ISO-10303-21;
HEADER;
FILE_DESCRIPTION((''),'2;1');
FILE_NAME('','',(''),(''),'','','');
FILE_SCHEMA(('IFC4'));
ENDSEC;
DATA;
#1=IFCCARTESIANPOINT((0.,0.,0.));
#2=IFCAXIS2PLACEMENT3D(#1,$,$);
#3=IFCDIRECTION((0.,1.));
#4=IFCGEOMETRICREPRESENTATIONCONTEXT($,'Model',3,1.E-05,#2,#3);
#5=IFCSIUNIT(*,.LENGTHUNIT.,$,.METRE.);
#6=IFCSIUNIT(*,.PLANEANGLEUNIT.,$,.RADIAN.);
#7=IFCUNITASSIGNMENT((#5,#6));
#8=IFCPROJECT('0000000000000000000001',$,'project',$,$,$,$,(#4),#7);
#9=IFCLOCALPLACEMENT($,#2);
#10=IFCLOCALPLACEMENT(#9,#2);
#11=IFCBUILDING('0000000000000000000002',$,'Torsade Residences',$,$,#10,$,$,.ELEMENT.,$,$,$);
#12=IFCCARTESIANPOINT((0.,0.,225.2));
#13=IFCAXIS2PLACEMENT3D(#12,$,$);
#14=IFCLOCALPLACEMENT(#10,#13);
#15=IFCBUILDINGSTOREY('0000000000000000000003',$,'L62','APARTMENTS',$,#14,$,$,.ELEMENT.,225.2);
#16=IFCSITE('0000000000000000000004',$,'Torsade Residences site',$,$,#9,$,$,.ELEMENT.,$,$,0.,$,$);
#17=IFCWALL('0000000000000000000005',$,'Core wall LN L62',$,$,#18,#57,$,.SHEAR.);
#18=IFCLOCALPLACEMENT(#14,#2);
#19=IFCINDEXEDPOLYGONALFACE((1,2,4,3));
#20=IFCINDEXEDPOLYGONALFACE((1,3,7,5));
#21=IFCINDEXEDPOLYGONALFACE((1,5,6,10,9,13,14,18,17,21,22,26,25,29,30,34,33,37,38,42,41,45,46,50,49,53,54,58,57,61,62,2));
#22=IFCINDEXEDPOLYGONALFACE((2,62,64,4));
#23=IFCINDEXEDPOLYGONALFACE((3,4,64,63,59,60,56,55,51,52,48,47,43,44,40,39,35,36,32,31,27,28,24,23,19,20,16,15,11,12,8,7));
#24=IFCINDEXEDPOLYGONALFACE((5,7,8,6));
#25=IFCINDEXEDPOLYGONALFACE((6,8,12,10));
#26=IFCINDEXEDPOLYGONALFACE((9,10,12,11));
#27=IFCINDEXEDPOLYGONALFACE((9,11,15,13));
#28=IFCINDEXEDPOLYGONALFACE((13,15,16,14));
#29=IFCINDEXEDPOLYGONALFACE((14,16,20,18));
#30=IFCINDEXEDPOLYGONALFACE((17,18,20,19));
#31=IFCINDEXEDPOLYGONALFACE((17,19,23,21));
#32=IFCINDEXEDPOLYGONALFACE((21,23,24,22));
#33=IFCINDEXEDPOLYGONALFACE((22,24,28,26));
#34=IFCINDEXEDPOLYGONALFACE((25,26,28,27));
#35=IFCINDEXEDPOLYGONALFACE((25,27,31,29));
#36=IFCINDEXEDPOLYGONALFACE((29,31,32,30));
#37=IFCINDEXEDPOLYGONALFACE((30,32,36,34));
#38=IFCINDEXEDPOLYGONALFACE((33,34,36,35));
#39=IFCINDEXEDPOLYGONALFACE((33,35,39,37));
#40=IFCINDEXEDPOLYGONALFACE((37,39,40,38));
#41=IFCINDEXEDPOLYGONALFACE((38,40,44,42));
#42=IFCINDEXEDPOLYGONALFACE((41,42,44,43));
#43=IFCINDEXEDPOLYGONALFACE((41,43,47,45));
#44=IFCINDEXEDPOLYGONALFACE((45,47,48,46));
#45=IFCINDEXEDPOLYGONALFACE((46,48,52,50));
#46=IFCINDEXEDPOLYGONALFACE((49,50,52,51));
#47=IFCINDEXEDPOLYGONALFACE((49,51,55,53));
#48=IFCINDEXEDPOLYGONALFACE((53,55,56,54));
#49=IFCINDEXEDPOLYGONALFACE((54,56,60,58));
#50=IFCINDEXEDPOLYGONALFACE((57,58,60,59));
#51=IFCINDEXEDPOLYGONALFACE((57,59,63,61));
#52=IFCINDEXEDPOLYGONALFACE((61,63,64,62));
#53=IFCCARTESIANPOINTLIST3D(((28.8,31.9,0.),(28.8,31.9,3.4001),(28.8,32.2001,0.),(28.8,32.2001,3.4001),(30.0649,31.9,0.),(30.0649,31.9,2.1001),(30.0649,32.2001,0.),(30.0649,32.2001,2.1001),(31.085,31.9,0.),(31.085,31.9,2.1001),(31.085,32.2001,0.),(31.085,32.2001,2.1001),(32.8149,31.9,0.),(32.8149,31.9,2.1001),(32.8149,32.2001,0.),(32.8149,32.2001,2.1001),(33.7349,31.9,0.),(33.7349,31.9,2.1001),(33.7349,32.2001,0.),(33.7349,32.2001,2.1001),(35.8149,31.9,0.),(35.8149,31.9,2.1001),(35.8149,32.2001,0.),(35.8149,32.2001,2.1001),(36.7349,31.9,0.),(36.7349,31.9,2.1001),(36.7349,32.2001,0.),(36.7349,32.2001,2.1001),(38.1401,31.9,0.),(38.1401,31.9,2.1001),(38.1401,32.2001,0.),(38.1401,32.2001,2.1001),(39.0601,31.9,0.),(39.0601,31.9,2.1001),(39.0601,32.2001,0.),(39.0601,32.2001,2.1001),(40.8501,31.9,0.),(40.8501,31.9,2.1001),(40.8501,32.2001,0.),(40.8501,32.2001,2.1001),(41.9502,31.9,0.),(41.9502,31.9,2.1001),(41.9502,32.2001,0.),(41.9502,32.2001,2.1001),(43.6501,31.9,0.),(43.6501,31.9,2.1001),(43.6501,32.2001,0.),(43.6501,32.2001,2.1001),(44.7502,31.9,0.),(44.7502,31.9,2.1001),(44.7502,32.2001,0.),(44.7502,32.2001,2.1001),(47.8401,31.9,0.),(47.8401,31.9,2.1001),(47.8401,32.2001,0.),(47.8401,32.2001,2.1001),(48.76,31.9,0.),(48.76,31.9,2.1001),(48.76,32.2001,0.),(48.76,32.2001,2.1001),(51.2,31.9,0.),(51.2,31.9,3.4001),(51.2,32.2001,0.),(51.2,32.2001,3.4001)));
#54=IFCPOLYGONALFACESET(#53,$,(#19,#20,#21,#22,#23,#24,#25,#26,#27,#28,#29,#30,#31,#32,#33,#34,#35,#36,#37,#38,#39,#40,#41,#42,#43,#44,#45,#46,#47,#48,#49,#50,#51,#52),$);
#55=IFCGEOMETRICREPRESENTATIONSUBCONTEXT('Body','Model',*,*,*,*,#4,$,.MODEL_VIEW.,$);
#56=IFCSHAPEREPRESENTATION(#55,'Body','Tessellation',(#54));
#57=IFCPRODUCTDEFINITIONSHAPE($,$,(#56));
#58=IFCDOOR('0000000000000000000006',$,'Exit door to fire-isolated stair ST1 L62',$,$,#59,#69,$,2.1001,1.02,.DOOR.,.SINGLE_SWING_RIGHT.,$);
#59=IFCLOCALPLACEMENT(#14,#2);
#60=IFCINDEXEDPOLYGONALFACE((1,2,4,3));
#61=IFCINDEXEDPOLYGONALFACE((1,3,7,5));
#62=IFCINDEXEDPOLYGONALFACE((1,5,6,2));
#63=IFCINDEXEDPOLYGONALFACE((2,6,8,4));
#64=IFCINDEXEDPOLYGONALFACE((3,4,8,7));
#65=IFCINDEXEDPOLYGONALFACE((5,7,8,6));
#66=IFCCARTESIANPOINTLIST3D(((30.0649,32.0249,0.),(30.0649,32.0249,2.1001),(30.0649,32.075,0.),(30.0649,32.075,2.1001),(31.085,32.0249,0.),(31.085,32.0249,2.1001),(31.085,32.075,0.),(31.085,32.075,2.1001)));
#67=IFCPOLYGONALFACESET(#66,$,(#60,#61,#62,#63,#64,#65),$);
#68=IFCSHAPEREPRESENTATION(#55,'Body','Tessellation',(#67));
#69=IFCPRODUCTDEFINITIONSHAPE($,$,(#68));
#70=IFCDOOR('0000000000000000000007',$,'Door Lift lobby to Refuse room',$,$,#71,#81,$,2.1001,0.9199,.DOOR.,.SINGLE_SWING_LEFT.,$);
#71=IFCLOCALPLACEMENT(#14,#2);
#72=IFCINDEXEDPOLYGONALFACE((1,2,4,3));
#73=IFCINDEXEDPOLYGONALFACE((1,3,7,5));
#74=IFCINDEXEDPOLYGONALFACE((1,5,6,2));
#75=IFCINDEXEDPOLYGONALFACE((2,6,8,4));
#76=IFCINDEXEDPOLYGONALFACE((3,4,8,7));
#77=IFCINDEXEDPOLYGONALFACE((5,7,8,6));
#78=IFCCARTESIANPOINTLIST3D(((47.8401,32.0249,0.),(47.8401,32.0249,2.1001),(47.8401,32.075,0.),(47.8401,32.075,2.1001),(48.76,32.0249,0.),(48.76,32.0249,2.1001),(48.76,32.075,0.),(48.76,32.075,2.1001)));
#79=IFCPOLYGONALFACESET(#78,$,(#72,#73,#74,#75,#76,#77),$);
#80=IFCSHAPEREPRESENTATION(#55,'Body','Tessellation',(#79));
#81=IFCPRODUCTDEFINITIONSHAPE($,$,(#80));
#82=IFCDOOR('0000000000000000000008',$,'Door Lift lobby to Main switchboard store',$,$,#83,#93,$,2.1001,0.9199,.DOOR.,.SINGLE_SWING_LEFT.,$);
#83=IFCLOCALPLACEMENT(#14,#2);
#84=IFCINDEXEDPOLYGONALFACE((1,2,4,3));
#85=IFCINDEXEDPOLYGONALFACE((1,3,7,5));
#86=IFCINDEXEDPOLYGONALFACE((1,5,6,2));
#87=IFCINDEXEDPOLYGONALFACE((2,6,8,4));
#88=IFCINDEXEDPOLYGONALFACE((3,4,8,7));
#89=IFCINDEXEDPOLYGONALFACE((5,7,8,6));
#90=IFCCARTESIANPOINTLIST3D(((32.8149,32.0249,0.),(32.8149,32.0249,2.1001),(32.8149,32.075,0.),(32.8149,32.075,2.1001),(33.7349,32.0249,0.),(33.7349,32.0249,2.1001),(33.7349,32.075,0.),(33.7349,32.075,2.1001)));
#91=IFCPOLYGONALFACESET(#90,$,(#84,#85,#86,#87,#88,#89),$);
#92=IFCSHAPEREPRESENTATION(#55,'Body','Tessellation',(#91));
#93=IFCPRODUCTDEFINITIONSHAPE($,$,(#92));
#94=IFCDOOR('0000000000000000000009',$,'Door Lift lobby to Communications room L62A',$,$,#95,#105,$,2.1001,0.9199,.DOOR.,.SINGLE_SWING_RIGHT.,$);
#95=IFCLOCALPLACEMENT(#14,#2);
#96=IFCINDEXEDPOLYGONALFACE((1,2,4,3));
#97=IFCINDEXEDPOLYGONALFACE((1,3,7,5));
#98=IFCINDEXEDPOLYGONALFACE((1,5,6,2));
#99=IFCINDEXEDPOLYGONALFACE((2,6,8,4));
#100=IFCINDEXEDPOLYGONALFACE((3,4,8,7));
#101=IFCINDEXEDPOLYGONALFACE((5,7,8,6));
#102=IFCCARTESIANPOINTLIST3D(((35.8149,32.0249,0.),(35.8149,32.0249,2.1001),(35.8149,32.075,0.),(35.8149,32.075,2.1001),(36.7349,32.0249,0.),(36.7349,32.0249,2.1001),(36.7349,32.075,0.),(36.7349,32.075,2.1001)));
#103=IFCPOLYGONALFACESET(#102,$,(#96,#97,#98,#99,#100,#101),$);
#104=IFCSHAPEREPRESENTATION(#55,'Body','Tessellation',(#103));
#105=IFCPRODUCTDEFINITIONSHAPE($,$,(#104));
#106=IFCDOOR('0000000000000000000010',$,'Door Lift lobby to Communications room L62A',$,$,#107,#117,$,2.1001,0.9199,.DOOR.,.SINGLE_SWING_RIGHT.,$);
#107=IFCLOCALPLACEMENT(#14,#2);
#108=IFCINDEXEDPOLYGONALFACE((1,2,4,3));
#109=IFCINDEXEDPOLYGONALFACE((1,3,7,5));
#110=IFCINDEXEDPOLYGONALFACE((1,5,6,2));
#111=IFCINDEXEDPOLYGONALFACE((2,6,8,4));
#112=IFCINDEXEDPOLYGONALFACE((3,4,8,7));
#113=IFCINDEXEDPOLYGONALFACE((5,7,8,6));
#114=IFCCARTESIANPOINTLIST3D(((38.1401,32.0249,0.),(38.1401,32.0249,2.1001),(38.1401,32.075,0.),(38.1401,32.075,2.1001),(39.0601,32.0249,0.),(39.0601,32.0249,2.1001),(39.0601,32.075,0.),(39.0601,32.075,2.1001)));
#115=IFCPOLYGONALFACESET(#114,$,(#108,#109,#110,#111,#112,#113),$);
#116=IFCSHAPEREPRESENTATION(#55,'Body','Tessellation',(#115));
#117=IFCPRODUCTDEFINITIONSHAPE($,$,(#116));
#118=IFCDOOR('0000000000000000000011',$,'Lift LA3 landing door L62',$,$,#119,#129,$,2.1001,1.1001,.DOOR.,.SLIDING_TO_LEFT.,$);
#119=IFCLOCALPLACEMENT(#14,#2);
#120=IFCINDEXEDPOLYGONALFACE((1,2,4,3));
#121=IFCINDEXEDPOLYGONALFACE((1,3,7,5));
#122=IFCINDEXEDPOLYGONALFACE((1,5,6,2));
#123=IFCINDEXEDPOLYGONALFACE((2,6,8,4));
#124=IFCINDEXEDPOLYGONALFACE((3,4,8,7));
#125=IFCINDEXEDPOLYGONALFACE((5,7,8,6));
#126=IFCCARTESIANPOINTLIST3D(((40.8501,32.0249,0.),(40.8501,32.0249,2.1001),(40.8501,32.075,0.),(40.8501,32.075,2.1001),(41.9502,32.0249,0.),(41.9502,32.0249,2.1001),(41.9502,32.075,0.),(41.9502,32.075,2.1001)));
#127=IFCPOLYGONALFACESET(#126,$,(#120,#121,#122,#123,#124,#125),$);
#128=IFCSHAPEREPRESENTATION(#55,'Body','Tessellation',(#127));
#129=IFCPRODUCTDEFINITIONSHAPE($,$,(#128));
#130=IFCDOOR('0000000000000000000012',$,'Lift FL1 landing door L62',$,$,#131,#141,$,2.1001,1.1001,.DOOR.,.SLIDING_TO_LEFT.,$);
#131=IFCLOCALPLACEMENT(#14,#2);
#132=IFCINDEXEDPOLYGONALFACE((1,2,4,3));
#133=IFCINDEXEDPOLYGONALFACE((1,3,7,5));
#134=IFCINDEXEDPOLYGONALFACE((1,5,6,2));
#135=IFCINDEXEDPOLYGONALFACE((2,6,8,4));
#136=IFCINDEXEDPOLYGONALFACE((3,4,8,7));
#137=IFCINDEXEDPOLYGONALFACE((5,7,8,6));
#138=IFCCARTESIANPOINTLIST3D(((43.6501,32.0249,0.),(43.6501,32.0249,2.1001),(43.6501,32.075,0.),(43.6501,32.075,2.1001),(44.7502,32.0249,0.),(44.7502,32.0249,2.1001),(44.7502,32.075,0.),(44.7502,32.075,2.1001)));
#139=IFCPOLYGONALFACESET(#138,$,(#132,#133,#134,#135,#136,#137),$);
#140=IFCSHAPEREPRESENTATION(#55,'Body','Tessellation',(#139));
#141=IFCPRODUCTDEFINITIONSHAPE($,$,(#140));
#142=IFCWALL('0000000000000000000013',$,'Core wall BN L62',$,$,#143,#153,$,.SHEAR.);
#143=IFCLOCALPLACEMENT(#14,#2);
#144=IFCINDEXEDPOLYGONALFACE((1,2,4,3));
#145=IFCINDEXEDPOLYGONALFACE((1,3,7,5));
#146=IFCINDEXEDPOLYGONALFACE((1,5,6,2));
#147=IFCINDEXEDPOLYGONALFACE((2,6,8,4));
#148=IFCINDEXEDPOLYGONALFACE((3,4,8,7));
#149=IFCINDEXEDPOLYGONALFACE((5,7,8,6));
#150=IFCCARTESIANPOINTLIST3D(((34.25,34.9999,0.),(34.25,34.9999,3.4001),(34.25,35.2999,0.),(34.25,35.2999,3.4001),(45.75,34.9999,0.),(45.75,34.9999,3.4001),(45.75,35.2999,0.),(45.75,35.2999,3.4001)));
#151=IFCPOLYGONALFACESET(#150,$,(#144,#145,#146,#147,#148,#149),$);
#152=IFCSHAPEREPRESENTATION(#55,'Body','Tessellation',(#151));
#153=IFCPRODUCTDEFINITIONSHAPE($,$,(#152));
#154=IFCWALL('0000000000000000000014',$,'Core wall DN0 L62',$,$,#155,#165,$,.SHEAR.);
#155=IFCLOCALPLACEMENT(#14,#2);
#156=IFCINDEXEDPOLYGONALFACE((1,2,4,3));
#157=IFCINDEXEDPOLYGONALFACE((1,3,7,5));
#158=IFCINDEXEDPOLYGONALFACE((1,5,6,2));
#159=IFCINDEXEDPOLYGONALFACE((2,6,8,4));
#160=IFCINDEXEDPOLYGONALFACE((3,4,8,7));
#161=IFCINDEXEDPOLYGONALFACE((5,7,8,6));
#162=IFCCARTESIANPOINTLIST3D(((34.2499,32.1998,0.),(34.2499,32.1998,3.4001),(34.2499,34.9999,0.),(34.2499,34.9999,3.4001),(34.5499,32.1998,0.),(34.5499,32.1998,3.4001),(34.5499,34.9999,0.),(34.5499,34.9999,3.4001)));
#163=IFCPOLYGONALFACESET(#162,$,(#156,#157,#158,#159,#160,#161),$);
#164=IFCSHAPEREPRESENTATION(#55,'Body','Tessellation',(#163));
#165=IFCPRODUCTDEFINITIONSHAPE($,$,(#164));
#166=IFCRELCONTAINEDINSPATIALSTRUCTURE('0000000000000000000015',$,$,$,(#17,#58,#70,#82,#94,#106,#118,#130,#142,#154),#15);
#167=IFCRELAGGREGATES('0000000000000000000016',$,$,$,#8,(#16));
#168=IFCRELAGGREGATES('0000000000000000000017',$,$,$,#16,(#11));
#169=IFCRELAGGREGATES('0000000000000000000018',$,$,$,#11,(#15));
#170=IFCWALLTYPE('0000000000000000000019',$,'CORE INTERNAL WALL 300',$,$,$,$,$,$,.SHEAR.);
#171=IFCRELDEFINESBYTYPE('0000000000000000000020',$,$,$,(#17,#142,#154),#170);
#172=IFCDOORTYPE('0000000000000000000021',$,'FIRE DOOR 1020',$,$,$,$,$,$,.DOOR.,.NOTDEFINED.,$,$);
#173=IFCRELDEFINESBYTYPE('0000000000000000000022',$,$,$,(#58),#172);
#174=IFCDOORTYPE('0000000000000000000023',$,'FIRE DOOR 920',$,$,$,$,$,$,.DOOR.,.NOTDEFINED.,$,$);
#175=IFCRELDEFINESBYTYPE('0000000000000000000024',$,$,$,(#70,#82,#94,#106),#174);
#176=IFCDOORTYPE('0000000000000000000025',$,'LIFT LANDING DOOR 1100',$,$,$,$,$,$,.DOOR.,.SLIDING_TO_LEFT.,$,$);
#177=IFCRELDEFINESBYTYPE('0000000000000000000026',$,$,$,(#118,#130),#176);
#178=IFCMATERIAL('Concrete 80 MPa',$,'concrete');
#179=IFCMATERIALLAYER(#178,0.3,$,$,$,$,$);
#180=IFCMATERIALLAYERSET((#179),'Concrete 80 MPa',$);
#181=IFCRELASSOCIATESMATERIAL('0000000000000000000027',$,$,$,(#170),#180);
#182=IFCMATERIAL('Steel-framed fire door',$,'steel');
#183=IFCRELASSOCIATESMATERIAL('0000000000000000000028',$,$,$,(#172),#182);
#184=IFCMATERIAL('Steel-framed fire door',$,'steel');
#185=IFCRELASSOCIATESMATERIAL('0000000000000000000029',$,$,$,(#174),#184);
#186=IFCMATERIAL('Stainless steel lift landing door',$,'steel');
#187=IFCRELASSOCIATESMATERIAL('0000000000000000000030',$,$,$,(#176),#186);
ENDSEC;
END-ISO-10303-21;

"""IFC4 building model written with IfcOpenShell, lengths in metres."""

from ifc_helpers import new_model, si_unit, direction, frame, frame_2d, origin, place, context, subcontext, project, spatial, rectangle, extrude, material, layer, layer_set, type_object, element, fill, save


model = new_model("IFC4")

# Units and contexts
model_context = context("Model", 3, precision=1e-05, world=origin(), true_north=direction((0.0, 1.0)))
body_context = subcontext(model_context, "Body", "Model", "MODEL_VIEW")
ifc_project = project(units=[si_unit("LENGTHUNIT", "METRE"), si_unit("PLANEANGLEUNIT", "RADIAN")], contexts=[model_context])

# Site, building, storey
site_placement = place(None, origin())
site = spatial("IfcSite", under=ifc_project, at=site_placement, Name="Torsade Residences site", CompositionType="ELEMENT", RefElevation=0.0)
building_placement = place(site_placement, origin())
building = spatial("IfcBuilding", under=site, at=building_placement, Name="Torsade Residences", CompositionType="ELEMENT")
storey_placement = place(building_placement, frame((0.0, 0.0, 225.2)))
storey = spatial("IfcBuildingStorey", under=building, at=storey_placement, Name="L62", Description="APARTMENTS", CompositionType="ELEMENT", Elevation=225.2)

# Wall, openings, doors
ifc_material_1 = material(Name="Concrete 80 MPa", Category="concrete")
ifc_layer_1 = layer(ifc_material_1, 0.3)
ifc_layer_set_1 = layer_set([ifc_layer_1], Name="Concrete 80 MPa")
wall_type_1 = type_object("IfcWallType", Name="CORE INTERNAL WALL 300", PredefinedType="SHEAR", material=ifc_layer_set_1)
wall_1_placement = place(storey_placement, frame((28.8, 32.05, 0.0), z_axis=(0.0, 0.0, 1.0), x_axis=(1.0, 0.0, 0.0)))
wall_1 = element("IfcWall", 1, at=wall_1_placement, inside=storey, type_object=wall_type_1, Name="Core wall LN L62", PredefinedType="SHEAR", context=body_context, shape_type="SweptSolid", body=[
    extrude(rectangle(XDim=22.3999, YDim=0.3, at=frame_2d((11.2, 0.0))), origin(), (0.0, 0.0, 1.0), 3.4001),
])
opening_1_placement = place(wall_1_placement, frame((19.04, 0.0, 0.0)))
opening_1 = element("IfcOpeningElement", 2, at=opening_1_placement, cuts=wall_1, PredefinedType="OPENING", context=body_context, shape_type="SweptSolid", body=[
    extrude(rectangle(XDim=0.9199, YDim=2.1001, at=frame_2d((0.46, 1.05))), frame((0.0, 0.1599, 0.0), z_axis=(0.0, -1.0, 0.0), x_axis=(1.0, 0.0, 0.0)), (0.0, 0.0, 1.0), 0.3201),
])
opening_2_placement = place(wall_1_placement, frame((1.2649, 0.0, 0.0)))
opening_2 = element("IfcOpeningElement", 3, at=opening_2_placement, cuts=wall_1, PredefinedType="OPENING", context=body_context, shape_type="SweptSolid", body=[
    extrude(rectangle(XDim=1.02, YDim=2.1001, at=frame_2d((0.51, 1.05))), frame((0.0, 0.1599, 0.0), z_axis=(0.0, -1.0, 0.0), x_axis=(1.0, 0.0, 0.0)), (0.0, 0.0, 1.0), 0.3201),
])
opening_3_placement = place(wall_1_placement, frame((4.0149, 0.0, 0.0)))
opening_3 = element("IfcOpeningElement", 4, at=opening_3_placement, cuts=wall_1, PredefinedType="OPENING", context=body_context, shape_type="SweptSolid", body=[
    extrude(rectangle(XDim=0.9199, YDim=2.1001, at=frame_2d((0.46, 1.05))), frame((0.0, 0.1599, 0.0), z_axis=(0.0, -1.0, 0.0), x_axis=(1.0, 0.0, 0.0)), (0.0, 0.0, 1.0), 0.3201),
])
opening_4_placement = place(wall_1_placement, frame((7.0149, 0.0, 0.0)))
opening_4 = element("IfcOpeningElement", 5, at=opening_4_placement, cuts=wall_1, PredefinedType="OPENING", context=body_context, shape_type="SweptSolid", body=[
    extrude(rectangle(XDim=0.9199, YDim=2.1001, at=frame_2d((0.46, 1.05))), frame((0.0, 0.1599, 0.0), z_axis=(0.0, -1.0, 0.0), x_axis=(1.0, 0.0, 0.0)), (0.0, 0.0, 1.0), 0.3201),
])
opening_5_placement = place(wall_1_placement, frame((9.3401, 0.0, 0.0)))
opening_5 = element("IfcOpeningElement", 6, at=opening_5_placement, cuts=wall_1, PredefinedType="OPENING", context=body_context, shape_type="SweptSolid", body=[
    extrude(rectangle(XDim=0.9199, YDim=2.1001, at=frame_2d((0.46, 1.05))), frame((0.0, 0.1599, 0.0), z_axis=(0.0, -1.0, 0.0), x_axis=(1.0, 0.0, 0.0)), (0.0, 0.0, 1.0), 0.3201),
])
opening_6_placement = place(wall_1_placement, frame((12.05, 0.0, 0.0)))
opening_6 = element("IfcOpeningElement", 7, at=opening_6_placement, cuts=wall_1, PredefinedType="OPENING", context=body_context, shape_type="SweptSolid", body=[
    extrude(rectangle(XDim=1.1001, YDim=2.1001, at=frame_2d((0.55, 1.05))), frame((0.0, 0.1599, 0.0), z_axis=(0.0, -1.0, 0.0), x_axis=(1.0, 0.0, 0.0)), (0.0, 0.0, 1.0), 0.3201),
])
opening_7_placement = place(wall_1_placement, frame((14.8501, 0.0, 0.0)))
opening_7 = element("IfcOpeningElement", 8, at=opening_7_placement, cuts=wall_1, PredefinedType="OPENING", context=body_context, shape_type="SweptSolid", body=[
    extrude(rectangle(XDim=1.1001, YDim=2.1001, at=frame_2d((0.55, 1.05))), frame((0.0, 0.1599, 0.0), z_axis=(0.0, -1.0, 0.0), x_axis=(1.0, 0.0, 0.0)), (0.0, 0.0, 1.0), 0.3201),
])
ifc_material_2 = material(Name="Steel-framed fire door", Category="steel")
door_type_1 = type_object("IfcDoorType", Name="FIRE DOOR 1020", OperationType="NOTDEFINED", PredefinedType="DOOR", material=ifc_material_2)
door_1_placement = place(opening_2_placement, origin())
door_1 = element("IfcDoor", 9, at=door_1_placement, inside=storey, type_object=door_type_1, Name="Exit door to fire-isolated stair ST1 L62", OperationType="SINGLE_SWING_RIGHT", OverallHeight=2.1001, OverallWidth=1.02, PredefinedType="DOOR", context=body_context, shape_type="SweptSolid", body=[
    extrude(rectangle(XDim=1.02, YDim=2.1001, at=frame_2d((0.51, 1.05))), frame((0.0, 0.0249, 0.0), z_axis=(0.0, -1.0, 0.0), x_axis=(1.0, 0.0, 0.0)), (0.0, 0.0, 1.0), 0.05),
])
fill(opening_2, door_1)
ifc_material_3 = material(Name="Steel-framed fire door", Category="steel")
door_type_2 = type_object("IfcDoorType", Name="FIRE DOOR 920", OperationType="NOTDEFINED", PredefinedType="DOOR", material=ifc_material_3)
door_2_placement = place(opening_1_placement, origin())
door_2 = element("IfcDoor", 10, at=door_2_placement, inside=storey, type_object=door_type_2, Name="Door Lift lobby to Refuse room", OperationType="SINGLE_SWING_LEFT", OverallHeight=2.1001, OverallWidth=0.9199, PredefinedType="DOOR", context=body_context, shape_type="SweptSolid", body=[
    extrude(rectangle(XDim=0.9199, YDim=2.1001, at=frame_2d((0.46, 1.05))), frame((0.0, 0.0249, 0.0), z_axis=(0.0, -1.0, 0.0), x_axis=(1.0, 0.0, 0.0)), (0.0, 0.0, 1.0), 0.05),
])
fill(opening_1, door_2)
door_3_placement = place(opening_3_placement, origin())
door_3 = element("IfcDoor", 11, at=door_3_placement, inside=storey, type_object=door_type_2, Name="Door Lift lobby to Main switchboard store", OperationType="SINGLE_SWING_LEFT", OverallHeight=2.1001, OverallWidth=0.9199, PredefinedType="DOOR", context=body_context, shape_type="SweptSolid", body=[
    extrude(rectangle(XDim=0.9199, YDim=2.1001, at=frame_2d((0.46, 1.05))), frame((0.0, 0.0249, 0.0), z_axis=(0.0, -1.0, 0.0), x_axis=(1.0, 0.0, 0.0)), (0.0, 0.0, 1.0), 0.05),
])
fill(opening_3, door_3)
door_4_placement = place(opening_4_placement, origin())
door_4 = element("IfcDoor", 12, at=door_4_placement, inside=storey, type_object=door_type_2, Name="Door Lift lobby to Communications room L62A", OperationType="SINGLE_SWING_RIGHT", OverallHeight=2.1001, OverallWidth=0.9199, PredefinedType="DOOR", context=body_context, shape_type="SweptSolid", body=[
    extrude(rectangle(XDim=0.9199, YDim=2.1001, at=frame_2d((0.46, 1.05))), frame((0.0, 0.0249, 0.0), z_axis=(0.0, -1.0, 0.0), x_axis=(1.0, 0.0, 0.0)), (0.0, 0.0, 1.0), 0.05),
])
fill(opening_4, door_4)
door_5_placement = place(opening_5_placement, origin())
door_5 = element("IfcDoor", 13, at=door_5_placement, inside=storey, type_object=door_type_2, Name="Door Lift lobby to Communications room L62A", OperationType="SINGLE_SWING_RIGHT", OverallHeight=2.1001, OverallWidth=0.9199, PredefinedType="DOOR", context=body_context, shape_type="SweptSolid", body=[
    extrude(rectangle(XDim=0.9199, YDim=2.1001, at=frame_2d((0.46, 1.05))), frame((0.0, 0.0249, 0.0), z_axis=(0.0, -1.0, 0.0), x_axis=(1.0, 0.0, 0.0)), (0.0, 0.0, 1.0), 0.05),
])
fill(opening_5, door_5)
ifc_material_4 = material(Name="Stainless steel lift landing door", Category="steel")
door_type_3 = type_object("IfcDoorType", Name="LIFT LANDING DOOR 1100", OperationType="SLIDING_TO_LEFT", PredefinedType="DOOR", material=ifc_material_4)
door_6_placement = place(opening_6_placement, origin())
door_6 = element("IfcDoor", 14, at=door_6_placement, inside=storey, type_object=door_type_3, Name="Lift LA3 landing door L62", OperationType="SLIDING_TO_LEFT", OverallHeight=2.1001, OverallWidth=1.1001, PredefinedType="DOOR", context=body_context, shape_type="SweptSolid", body=[
    extrude(rectangle(XDim=1.1001, YDim=2.1001, at=frame_2d((0.55, 1.05))), frame((0.0, 0.0249, 0.0), z_axis=(0.0, -1.0, 0.0), x_axis=(1.0, 0.0, 0.0)), (0.0, 0.0, 1.0), 0.05),
])
fill(opening_6, door_6)
door_7_placement = place(opening_7_placement, origin())
door_7 = element("IfcDoor", 15, at=door_7_placement, inside=storey, type_object=door_type_3, Name="Lift FL1 landing door L62", OperationType="SLIDING_TO_LEFT", OverallHeight=2.1001, OverallWidth=1.1001, PredefinedType="DOOR", context=body_context, shape_type="SweptSolid", body=[
    extrude(rectangle(XDim=1.1001, YDim=2.1001, at=frame_2d((0.55, 1.05))), frame((0.0, 0.0249, 0.0), z_axis=(0.0, -1.0, 0.0), x_axis=(1.0, 0.0, 0.0)), (0.0, 0.0, 1.0), 0.05),
])
fill(opening_7, door_7)

# Walls
wall_2_placement = place(storey_placement, frame((34.25, 35.1499, 0.0), z_axis=(0.0, 0.0, 1.0), x_axis=(1.0, 0.0, 0.0)))
element("IfcWall", 16, at=wall_2_placement, inside=storey, type_object=wall_type_1, Name="Core wall BN L62", PredefinedType="SHEAR", context=body_context, shape_type="SweptSolid", body=[
    extrude(rectangle(XDim=11.5, YDim=0.3, at=frame_2d((5.75, 0.0))), origin(), (0.0, 0.0, 1.0), 3.4001),
])
wall_3_placement = place(storey_placement, frame((34.3999, 32.2, 0.0), z_axis=(0.0, 0.0, 1.0), x_axis=(0.0, 1.0, 0.0)))
element("IfcWall", 17, at=wall_3_placement, inside=storey, type_object=wall_type_1, Name="Core wall DN0 L62", PredefinedType="SHEAR", context=body_context, shape_type="SweptSolid", body=[
    extrude(rectangle(XDim=2.8, YDim=0.3, at=frame_2d((1.3999, 0.0))), origin(), (0.0, 0.0, 1.0), 3.4001),
])

save(model, "model.ifc")
